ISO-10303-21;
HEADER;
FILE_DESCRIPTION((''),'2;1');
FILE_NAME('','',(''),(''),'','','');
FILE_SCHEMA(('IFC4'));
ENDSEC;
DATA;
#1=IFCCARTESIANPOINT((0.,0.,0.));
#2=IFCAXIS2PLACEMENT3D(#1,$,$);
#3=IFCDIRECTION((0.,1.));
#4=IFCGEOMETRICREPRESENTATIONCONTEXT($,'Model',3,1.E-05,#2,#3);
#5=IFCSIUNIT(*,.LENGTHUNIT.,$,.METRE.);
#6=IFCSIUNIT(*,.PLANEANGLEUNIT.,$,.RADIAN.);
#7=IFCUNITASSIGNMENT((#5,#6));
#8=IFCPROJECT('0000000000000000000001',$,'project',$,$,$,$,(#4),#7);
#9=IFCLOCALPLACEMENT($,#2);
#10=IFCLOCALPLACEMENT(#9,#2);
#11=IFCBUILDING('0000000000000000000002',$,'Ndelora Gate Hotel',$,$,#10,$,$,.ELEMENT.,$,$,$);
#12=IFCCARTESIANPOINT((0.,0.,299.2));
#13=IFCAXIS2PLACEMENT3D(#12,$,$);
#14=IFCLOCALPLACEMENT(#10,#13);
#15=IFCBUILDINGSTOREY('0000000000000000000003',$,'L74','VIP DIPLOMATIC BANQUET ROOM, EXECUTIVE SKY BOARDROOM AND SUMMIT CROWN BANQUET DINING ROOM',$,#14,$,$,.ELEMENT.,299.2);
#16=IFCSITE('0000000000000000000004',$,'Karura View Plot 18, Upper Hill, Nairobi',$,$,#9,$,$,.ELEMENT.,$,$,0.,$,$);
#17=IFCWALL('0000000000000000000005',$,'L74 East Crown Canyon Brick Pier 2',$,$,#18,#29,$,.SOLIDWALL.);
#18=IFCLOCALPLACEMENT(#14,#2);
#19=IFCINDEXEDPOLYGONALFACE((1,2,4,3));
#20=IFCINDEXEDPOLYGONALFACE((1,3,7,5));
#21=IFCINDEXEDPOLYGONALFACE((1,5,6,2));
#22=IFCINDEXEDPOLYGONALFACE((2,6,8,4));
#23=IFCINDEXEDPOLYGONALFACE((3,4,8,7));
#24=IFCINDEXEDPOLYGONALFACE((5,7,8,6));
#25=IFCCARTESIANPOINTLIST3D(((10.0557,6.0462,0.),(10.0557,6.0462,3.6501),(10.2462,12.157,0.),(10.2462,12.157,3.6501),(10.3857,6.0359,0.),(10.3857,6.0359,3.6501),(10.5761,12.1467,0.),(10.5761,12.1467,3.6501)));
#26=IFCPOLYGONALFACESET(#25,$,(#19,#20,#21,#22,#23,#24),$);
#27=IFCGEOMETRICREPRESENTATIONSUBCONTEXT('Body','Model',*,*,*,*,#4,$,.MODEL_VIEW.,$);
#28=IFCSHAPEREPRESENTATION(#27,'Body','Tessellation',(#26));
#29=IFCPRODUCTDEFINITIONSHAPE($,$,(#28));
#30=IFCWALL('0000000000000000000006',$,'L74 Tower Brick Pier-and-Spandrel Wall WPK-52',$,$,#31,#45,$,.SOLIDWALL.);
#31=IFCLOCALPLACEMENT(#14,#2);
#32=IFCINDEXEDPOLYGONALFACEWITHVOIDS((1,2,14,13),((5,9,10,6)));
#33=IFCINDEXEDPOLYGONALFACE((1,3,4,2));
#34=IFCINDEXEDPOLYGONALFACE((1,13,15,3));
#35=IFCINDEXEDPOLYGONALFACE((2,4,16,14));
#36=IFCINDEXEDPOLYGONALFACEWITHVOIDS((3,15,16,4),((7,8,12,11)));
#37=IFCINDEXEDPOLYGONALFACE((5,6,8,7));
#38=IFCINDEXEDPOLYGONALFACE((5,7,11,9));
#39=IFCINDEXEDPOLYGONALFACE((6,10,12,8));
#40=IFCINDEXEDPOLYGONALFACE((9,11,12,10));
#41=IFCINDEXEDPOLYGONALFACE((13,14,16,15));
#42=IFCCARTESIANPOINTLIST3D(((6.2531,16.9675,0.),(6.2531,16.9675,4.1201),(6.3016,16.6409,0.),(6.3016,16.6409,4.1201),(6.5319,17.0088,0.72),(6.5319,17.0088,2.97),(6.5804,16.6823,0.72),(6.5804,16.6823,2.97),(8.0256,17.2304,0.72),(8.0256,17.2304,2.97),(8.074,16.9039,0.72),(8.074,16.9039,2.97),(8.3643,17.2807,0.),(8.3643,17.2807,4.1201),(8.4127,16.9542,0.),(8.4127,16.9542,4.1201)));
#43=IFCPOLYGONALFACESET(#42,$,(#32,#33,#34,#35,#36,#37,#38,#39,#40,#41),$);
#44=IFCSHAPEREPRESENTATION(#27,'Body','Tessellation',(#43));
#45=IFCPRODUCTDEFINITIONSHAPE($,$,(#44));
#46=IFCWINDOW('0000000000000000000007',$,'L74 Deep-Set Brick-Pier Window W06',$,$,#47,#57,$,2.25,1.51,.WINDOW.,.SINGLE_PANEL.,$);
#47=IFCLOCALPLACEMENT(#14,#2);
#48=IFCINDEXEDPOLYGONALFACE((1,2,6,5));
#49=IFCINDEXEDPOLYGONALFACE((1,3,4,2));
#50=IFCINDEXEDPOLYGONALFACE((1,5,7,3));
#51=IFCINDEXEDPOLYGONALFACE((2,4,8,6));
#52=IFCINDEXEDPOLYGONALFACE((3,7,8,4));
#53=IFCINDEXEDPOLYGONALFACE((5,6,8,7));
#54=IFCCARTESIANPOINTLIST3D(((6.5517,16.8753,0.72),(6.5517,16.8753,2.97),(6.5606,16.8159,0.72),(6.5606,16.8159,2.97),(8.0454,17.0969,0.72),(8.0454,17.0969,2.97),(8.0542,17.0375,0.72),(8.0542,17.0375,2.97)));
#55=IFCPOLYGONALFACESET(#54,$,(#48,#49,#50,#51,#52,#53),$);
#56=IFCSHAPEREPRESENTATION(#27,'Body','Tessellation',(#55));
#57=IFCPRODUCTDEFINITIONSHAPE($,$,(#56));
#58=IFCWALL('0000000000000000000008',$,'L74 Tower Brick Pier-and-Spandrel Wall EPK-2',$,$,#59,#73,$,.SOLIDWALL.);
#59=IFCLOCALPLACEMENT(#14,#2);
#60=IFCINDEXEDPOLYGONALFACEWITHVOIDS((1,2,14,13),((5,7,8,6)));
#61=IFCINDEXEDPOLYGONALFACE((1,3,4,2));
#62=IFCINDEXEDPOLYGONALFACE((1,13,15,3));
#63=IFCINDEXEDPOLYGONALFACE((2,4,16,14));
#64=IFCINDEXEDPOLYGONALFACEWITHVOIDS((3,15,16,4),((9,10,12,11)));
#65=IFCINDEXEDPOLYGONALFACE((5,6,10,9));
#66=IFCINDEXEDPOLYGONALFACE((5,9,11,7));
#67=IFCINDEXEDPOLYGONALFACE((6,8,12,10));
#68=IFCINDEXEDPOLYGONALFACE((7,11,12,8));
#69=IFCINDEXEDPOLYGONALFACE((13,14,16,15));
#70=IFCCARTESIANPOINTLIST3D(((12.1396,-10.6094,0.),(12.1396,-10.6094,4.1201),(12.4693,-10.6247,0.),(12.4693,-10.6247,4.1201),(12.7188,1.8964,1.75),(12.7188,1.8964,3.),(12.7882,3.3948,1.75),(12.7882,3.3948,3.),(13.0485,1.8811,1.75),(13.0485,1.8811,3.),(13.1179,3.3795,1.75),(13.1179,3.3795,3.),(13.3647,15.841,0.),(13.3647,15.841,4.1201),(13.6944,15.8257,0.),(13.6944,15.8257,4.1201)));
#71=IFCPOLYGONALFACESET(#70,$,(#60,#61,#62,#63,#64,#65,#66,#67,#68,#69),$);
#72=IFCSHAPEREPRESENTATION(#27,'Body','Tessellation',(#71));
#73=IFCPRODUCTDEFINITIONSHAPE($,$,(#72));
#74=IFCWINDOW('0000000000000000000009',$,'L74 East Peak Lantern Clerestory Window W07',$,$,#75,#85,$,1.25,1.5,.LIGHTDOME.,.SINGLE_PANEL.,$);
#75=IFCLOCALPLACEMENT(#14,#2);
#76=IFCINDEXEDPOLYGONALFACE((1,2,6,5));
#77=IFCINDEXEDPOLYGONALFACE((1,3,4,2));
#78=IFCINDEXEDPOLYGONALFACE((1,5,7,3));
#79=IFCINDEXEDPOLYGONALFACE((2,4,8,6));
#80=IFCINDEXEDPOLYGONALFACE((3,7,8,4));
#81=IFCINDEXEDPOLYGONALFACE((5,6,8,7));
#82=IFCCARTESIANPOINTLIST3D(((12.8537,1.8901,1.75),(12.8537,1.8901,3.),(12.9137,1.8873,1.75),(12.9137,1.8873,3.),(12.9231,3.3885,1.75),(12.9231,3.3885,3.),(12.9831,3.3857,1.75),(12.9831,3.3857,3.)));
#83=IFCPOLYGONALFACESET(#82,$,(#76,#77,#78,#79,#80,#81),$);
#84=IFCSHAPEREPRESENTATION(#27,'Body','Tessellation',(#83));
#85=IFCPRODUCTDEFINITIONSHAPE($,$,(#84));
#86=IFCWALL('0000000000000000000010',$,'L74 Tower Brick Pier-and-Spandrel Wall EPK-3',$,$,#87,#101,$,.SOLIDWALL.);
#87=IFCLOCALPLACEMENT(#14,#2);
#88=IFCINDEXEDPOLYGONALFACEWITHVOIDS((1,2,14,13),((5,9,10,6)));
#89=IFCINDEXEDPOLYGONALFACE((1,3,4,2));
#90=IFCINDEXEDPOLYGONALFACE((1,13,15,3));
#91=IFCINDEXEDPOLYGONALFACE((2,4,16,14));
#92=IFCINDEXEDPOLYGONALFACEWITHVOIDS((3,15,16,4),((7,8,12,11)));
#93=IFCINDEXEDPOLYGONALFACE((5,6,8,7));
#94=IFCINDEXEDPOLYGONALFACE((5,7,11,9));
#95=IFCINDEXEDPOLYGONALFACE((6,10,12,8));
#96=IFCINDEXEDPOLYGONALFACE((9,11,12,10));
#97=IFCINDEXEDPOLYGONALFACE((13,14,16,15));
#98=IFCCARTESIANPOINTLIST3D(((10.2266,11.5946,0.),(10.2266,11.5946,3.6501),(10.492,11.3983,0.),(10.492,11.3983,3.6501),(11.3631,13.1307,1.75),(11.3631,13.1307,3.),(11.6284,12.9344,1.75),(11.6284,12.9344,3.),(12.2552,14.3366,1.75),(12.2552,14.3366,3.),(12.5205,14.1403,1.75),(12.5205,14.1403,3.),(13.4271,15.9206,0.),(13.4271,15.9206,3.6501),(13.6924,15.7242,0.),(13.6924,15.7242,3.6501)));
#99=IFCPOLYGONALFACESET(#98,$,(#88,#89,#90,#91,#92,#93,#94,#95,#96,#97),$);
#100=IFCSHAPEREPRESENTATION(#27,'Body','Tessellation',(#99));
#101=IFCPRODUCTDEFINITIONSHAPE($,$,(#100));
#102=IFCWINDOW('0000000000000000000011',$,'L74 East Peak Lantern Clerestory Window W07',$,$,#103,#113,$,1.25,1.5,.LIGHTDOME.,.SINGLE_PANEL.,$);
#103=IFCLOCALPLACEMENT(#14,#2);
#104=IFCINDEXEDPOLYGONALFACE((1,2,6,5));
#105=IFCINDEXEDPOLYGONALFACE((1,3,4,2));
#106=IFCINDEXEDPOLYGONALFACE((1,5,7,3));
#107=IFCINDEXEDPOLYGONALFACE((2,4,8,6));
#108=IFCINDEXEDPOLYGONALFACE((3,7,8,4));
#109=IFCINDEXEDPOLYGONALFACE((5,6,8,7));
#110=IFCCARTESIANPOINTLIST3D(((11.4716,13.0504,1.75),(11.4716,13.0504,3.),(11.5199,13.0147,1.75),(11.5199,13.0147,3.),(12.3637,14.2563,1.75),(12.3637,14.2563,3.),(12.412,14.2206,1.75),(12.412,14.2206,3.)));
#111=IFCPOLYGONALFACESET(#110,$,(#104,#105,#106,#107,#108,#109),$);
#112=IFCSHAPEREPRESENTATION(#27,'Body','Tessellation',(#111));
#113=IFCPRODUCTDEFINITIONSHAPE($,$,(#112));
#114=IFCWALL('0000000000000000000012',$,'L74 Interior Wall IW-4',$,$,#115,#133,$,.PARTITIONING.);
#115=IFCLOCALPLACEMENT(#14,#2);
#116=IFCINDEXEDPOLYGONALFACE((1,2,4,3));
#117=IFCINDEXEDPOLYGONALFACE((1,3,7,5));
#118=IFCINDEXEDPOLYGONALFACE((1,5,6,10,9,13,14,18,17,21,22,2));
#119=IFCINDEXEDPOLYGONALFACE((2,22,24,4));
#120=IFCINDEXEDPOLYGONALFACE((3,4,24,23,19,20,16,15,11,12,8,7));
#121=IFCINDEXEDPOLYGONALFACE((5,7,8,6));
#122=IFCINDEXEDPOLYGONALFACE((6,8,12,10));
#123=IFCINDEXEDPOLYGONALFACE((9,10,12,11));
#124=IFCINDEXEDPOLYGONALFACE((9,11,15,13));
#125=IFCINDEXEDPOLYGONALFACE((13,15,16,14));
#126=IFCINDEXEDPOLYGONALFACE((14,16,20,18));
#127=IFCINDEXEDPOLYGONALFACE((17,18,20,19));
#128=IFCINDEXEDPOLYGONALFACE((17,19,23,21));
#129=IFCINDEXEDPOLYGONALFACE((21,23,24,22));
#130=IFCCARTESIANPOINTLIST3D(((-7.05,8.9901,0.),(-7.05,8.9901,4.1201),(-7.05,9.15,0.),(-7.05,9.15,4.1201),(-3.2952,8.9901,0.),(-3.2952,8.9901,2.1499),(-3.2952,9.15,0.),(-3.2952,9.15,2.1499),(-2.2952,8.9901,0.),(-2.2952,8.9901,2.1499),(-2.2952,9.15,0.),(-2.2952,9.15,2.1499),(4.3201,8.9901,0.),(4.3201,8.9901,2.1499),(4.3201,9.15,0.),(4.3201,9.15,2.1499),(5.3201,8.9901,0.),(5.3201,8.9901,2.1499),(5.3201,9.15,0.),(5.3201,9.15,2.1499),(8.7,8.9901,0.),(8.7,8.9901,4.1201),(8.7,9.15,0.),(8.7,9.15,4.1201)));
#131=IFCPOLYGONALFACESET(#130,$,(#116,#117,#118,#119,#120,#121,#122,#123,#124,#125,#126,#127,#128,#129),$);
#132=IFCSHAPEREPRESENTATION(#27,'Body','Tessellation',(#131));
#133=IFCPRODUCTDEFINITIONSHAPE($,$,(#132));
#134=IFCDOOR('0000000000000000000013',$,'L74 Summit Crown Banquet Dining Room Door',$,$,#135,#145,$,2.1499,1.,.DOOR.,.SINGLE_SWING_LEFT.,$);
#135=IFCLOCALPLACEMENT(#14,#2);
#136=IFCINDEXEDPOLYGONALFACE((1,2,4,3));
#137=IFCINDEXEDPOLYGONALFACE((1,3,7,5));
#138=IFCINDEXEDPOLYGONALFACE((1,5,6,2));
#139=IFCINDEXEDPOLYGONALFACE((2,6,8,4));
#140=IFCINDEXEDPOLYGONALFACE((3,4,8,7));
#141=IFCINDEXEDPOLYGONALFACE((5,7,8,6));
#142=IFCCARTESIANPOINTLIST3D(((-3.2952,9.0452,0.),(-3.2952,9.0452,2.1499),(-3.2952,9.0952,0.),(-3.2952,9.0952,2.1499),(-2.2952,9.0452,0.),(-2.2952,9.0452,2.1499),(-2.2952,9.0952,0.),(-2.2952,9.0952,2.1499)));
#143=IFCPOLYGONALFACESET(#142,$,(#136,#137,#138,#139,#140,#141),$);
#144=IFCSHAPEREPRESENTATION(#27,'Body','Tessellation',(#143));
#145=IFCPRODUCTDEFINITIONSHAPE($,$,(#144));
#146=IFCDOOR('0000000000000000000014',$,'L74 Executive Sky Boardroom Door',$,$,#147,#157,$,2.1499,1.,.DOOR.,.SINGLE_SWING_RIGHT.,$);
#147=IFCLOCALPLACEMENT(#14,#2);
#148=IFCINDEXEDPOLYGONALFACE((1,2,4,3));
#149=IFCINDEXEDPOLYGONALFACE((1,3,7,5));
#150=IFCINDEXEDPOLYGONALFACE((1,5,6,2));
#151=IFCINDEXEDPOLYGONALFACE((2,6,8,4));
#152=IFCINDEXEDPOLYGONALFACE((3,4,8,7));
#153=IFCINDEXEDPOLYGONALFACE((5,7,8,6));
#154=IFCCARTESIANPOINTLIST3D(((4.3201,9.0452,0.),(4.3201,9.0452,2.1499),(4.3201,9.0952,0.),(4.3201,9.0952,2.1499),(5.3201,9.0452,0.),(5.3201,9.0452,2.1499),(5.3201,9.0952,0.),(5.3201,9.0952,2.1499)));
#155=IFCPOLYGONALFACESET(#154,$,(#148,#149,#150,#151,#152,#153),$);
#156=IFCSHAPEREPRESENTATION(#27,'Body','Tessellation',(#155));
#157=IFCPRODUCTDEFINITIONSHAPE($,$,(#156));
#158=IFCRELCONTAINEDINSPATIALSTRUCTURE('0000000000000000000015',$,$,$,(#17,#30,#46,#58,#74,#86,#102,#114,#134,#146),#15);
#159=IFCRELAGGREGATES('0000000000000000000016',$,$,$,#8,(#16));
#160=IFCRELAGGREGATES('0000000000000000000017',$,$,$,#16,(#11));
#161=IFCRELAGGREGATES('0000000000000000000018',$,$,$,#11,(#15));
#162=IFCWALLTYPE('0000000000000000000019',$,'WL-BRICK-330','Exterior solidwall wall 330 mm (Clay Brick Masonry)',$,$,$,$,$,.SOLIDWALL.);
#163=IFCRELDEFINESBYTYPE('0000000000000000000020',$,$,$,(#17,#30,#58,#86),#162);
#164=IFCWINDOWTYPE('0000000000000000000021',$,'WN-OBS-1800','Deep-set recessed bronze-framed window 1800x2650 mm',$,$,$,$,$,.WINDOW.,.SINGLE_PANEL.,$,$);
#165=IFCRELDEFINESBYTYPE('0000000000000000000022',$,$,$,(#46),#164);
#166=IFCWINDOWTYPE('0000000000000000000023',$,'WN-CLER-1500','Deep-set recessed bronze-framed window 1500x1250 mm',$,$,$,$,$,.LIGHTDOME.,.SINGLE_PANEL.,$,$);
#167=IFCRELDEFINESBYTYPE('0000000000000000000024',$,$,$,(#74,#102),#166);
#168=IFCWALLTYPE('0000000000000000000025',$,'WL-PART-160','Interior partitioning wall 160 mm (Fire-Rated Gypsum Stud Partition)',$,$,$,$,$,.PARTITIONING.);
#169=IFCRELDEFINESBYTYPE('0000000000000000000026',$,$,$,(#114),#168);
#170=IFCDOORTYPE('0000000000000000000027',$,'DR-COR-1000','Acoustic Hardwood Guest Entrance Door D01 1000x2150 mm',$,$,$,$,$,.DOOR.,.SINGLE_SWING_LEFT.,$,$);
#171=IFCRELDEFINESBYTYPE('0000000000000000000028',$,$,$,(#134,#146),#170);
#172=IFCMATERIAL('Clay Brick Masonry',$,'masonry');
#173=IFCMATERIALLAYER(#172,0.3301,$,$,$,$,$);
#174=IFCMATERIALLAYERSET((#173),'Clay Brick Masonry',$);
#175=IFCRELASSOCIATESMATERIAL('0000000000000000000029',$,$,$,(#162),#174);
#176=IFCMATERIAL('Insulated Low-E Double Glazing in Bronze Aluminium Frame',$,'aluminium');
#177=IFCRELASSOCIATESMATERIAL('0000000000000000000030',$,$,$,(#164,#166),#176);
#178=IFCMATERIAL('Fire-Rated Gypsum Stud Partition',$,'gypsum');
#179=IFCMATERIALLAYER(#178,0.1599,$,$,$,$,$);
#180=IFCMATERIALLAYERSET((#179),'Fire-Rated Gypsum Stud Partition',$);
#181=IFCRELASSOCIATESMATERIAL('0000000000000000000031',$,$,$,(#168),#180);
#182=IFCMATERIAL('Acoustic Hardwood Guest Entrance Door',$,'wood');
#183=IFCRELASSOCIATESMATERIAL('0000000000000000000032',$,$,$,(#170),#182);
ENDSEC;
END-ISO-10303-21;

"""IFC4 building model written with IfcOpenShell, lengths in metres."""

from ifc_helpers import new_model, si_unit, direction, frame, frame_2d, origin, place, context, subcontext, project, spatial, rectangle, extrude, material, layer, layer_set, type_object, element, fill, save


model = new_model("IFC4")

# Units and contexts
model_context = context("Model", 3, precision=1e-05, world=origin(), true_north=direction((0.0, 1.0)))
body_context = subcontext(model_context, "Body", "Model", "MODEL_VIEW")
ifc_project = project(units=[si_unit("LENGTHUNIT", "METRE"), si_unit("PLANEANGLEUNIT", "RADIAN")], contexts=[model_context])

# Site, building, storey
site_placement = place(None, origin())
site = spatial("IfcSite", under=ifc_project, at=site_placement, Name="Karura View Plot 18, Upper Hill, Nairobi", CompositionType="ELEMENT", RefElevation=0.0)
building_placement = place(site_placement, origin())
building = spatial("IfcBuilding", under=site, at=building_placement, Name="Ndelora Gate Hotel", CompositionType="ELEMENT")
storey_placement = place(building_placement, frame((0.0, 0.0, 299.2)))
storey = spatial("IfcBuildingStorey", under=building, at=storey_placement, Name="L74", Description="VIP DIPLOMATIC BANQUET ROOM, EXECUTIVE SKY BOARDROOM AND SUMMIT CROWN BANQUET DINING ROOM", CompositionType="ELEMENT", Elevation=299.2)

# Wall
ifc_material_1 = material(Name="Clay Brick Masonry", Category="masonry")
ifc_layer_1 = layer(ifc_material_1, 0.3301)
ifc_layer_set_1 = layer_set([ifc_layer_1], Name="Clay Brick Masonry")
wall_type_1 = type_object("IfcWallType", Name="WL-BRICK-330", Description="Exterior solidwall wall 330 mm (Clay Brick Masonry)", PredefinedType="SOLIDWALL", material=ifc_layer_set_1)
wall_1_placement = place(storey_placement, frame((10.2207, 6.041, 0.0), z_axis=(0.0, 0.0, 1.0), x_axis=(0.031147, 0.999515, 0.0)))
element("IfcWall", 1, at=wall_1_placement, inside=storey, type_object=wall_type_1, Name="L74 East Crown Canyon Brick Pier 2", PredefinedType="SOLIDWALL", context=body_context, shape_type="SweptSolid", body=[
    extrude(rectangle(XDim=6.1138, YDim=0.3301, at=frame_2d((3.0569, 0.0))), origin(), (0.0, 0.0, 1.0), 3.6501),
])

# Walls, openings, windows
wall_2_placement = place(storey_placement, frame((6.2773, 16.8042, 0.0), z_axis=(0.0, 0.0, 1.0), x_axis=(0.989171, 0.146768, 0.0)))
wall_2 = element("IfcWall", 2, at=wall_2_placement, inside=storey, type_object=wall_type_1, Name="L74 Tower Brick Pier-and-Spandrel Wall WPK-52", PredefinedType="SOLIDWALL", context=body_context, shape_type="SweptSolid", body=[
    extrude(rectangle(XDim=2.1343, YDim=0.3301, at=frame_2d((1.0671, 0.0))), origin(), (0.0, 0.0, 1.0), 4.1201),
])
opening_1_placement = place(wall_2_placement, frame((0.282, 0.0, 0.72)))
opening_1 = element("IfcOpeningElement", 3, at=opening_1_placement, cuts=wall_2, PredefinedType="OPENING", context=body_context, shape_type="SweptSolid", body=[
    extrude(rectangle(XDim=1.51, YDim=2.25, at=frame_2d((0.7549, 1.125))), frame((0.0, 0.175, 0.0), z_axis=(0.0, -1.0, 0.0), x_axis=(1.0, 0.0, 0.0)), (0.0, 0.0, 1.0), 0.3501),
])
ifc_material_2 = material(Name="Insulated Low-E Double Glazing in Bronze Aluminium Frame", Category="aluminium")
window_type_1 = type_object("IfcWindowType", Name="WN-OBS-1800", Description="Deep-set recessed bronze-framed window 1800x2650 mm", PartitioningType="SINGLE_PANEL", PredefinedType="WINDOW", material=ifc_material_2)
window_1_placement = place(opening_1_placement, origin())
window_1 = element("IfcWindow", 4, at=window_1_placement, inside=storey, type_object=window_type_1, Name="L74 Deep-Set Brick-Pier Window W06", OverallHeight=2.25, OverallWidth=1.51, PartitioningType="SINGLE_PANEL", PredefinedType="WINDOW", context=body_context, shape_type="SweptSolid", body=[
    extrude(rectangle(XDim=1.51, YDim=2.25, at=frame_2d((0.7549, 1.125))), frame((0.0, 0.03, 0.0), z_axis=(0.0, -1.0, 0.0), x_axis=(1.0, 0.0, 0.0)), (0.0, 0.0, 1.0), 0.0601),
])
fill(opening_1, window_1)
wall_3_placement = place(storey_placement, frame((13.5295, 15.8333, 0.0), z_axis=(0.0, 0.0, 1.0), x_axis=(-0.046267, -0.998929, 0.0)))
wall_3 = element("IfcWall", 5, at=wall_3_placement, inside=storey, type_object=wall_type_1, Name="L74 Tower Brick Pier-and-Spandrel Wall EPK-2", PredefinedType="SOLIDWALL", context=body_context, shape_type="SweptSolid", body=[
    extrude(rectangle(XDim=26.4788, YDim=0.3301, at=frame_2d((13.2393, 0.0))), origin(), (0.0, 0.0, 1.0), 4.1201),
])
opening_2_placement = place(wall_3_placement, frame((12.4595, 0.0, 1.75)))
opening_2 = element("IfcOpeningElement", 6, at=opening_2_placement, cuts=wall_3, PredefinedType="OPENING", context=body_context, shape_type="SweptSolid", body=[
    extrude(rectangle(XDim=1.5, YDim=1.25, at=frame_2d((0.75, 0.625))), frame((0.0, 0.175, 0.0), z_axis=(0.0, -1.0, 0.0), x_axis=(1.0, 0.0, 0.0)), (0.0, 0.0, 1.0), 0.3501),
])
window_type_2 = type_object("IfcWindowType", Name="WN-CLER-1500", Description="Deep-set recessed bronze-framed window 1500x1250 mm", PartitioningType="SINGLE_PANEL", PredefinedType="LIGHTDOME", material=ifc_material_2)
window_2_placement = place(opening_2_placement, origin())
window_2 = element("IfcWindow", 7, at=window_2_placement, inside=storey, type_object=window_type_2, Name="L74 East Peak Lantern Clerestory Window W07", OverallHeight=1.25, OverallWidth=1.5, PartitioningType="SINGLE_PANEL", PredefinedType="LIGHTDOME", context=body_context, shape_type="SweptSolid", body=[
    extrude(rectangle(XDim=1.5, YDim=1.25, at=frame_2d((0.75, 0.625))), frame((0.0, 0.03, 0.0), z_axis=(0.0, -1.0, 0.0), x_axis=(1.0, 0.0, 0.0)), (0.0, 0.0, 1.0), 0.0601),
])
fill(opening_2, window_2)
wall_4_placement = place(storey_placement, frame((10.3594, 11.4966, 0.0), z_axis=(0.0, 0.0, 1.0), x_axis=(0.594753, 0.803908, 0.0)))
wall_4 = element("IfcWall", 8, at=wall_4_placement, inside=storey, type_object=wall_type_1, Name="L74 Tower Brick Pier-and-Spandrel Wall EPK-3", PredefinedType="SOLIDWALL", context=body_context, shape_type="SweptSolid", body=[
    extrude(rectangle(XDim=5.3811, YDim=0.3301, at=frame_2d((2.6904, 0.0))), origin(), (0.0, 0.0, 1.0), 3.6501),
])
opening_3_placement = place(wall_4_placement, frame((1.9106, 0.0, 1.75)))
opening_3 = element("IfcOpeningElement", 9, at=opening_3_placement, cuts=wall_4, PredefinedType="OPENING", context=body_context, shape_type="SweptSolid", body=[
    extrude(rectangle(XDim=1.5, YDim=1.25, at=frame_2d((0.75, 0.625))), frame((0.0, 0.175, 0.0), z_axis=(0.0, -1.0, 0.0), x_axis=(1.0, 0.0, 0.0)), (0.0, 0.0, 1.0), 0.3501),
])
window_3_placement = place(opening_3_placement, origin())
window_3 = element("IfcWindow", 10, at=window_3_placement, inside=storey, type_object=window_type_2, Name="L74 East Peak Lantern Clerestory Window W07", OverallHeight=1.25, OverallWidth=1.5, PartitioningType="SINGLE_PANEL", PredefinedType="LIGHTDOME", context=body_context, shape_type="SweptSolid", body=[
    extrude(rectangle(XDim=1.5, YDim=1.25, at=frame_2d((0.75, 0.625))), frame((0.0, 0.03, 0.0), z_axis=(0.0, -1.0, 0.0), x_axis=(1.0, 0.0, 0.0)), (0.0, 0.0, 1.0), 0.0601),
])
fill(opening_3, window_3)

# Wall, openings, doors
ifc_material_3 = material(Name="Fire-Rated Gypsum Stud Partition", Category="gypsum")
ifc_layer_2 = layer(ifc_material_3, 0.1599)
ifc_layer_set_2 = layer_set([ifc_layer_2], Name="Fire-Rated Gypsum Stud Partition")
wall_type_2 = type_object("IfcWallType", Name="WL-PART-160", Description="Interior partitioning wall 160 mm (Fire-Rated Gypsum Stud Partition)", PredefinedType="PARTITIONING", material=ifc_layer_set_2)
wall_5_placement = place(storey_placement, frame((8.7, 9.0701, 0.0), z_axis=(0.0, 0.0, 1.0), x_axis=(-1.0, 0.0, 0.0)))
wall_5 = element("IfcWall", 11, at=wall_5_placement, inside=storey, type_object=wall_type_2, Name="L74 Interior Wall IW-4", PredefinedType="PARTITIONING", context=body_context, shape_type="SweptSolid", body=[
    extrude(rectangle(XDim=15.75, YDim=0.1599, at=frame_2d((7.875, 0.0))), origin(), (0.0, 0.0, 1.0), 4.1201),
])
opening_4_placement = place(wall_5_placement, frame((10.9951, 0.0, 0.0)))
opening_4 = element("IfcOpeningElement", 12, at=opening_4_placement, cuts=wall_5, PredefinedType="OPENING", context=body_context, shape_type="SweptSolid", body=[
    extrude(rectangle(XDim=1.0, YDim=2.1499, at=frame_2d((0.5, 1.075))), frame((0.0, 0.0898, 0.0), z_axis=(0.0, -1.0, 0.0), x_axis=(1.0, 0.0, 0.0)), (0.0, 0.0, 1.0), 0.1799),
])
opening_5_placement = place(wall_5_placement, frame((3.3799, 0.0, 0.0)))
opening_5 = element("IfcOpeningElement", 13, at=opening_5_placement, cuts=wall_5, PredefinedType="OPENING", context=body_context, shape_type="SweptSolid", body=[
    extrude(rectangle(XDim=1.0, YDim=2.1499, at=frame_2d((0.5, 1.075))), frame((0.0, 0.0898, 0.0), z_axis=(0.0, -1.0, 0.0), x_axis=(1.0, 0.0, 0.0)), (0.0, 0.0, 1.0), 0.1799),
])
ifc_material_4 = material(Name="Acoustic Hardwood Guest Entrance Door", Category="wood")
door_type = type_object("IfcDoorType", Name="DR-COR-1000", Description="Acoustic Hardwood Guest Entrance Door D01 1000x2150 mm", OperationType="SINGLE_SWING_LEFT", PredefinedType="DOOR", material=ifc_material_4)
door_1_placement = place(opening_4_placement, origin())
door_1 = element("IfcDoor", 14, at=door_1_placement, inside=storey, type_object=door_type, Name="L74 Summit Crown Banquet Dining Room Door", OperationType="SINGLE_SWING_LEFT", OverallHeight=2.1499, OverallWidth=1.0, PredefinedType="DOOR", context=body_context, shape_type="SweptSolid", body=[
    extrude(rectangle(XDim=1.0, YDim=2.1499, at=frame_2d((0.5, 1.075))), frame((0.0, 0.0249, 0.0), z_axis=(0.0, -1.0, 0.0), x_axis=(1.0, 0.0, 0.0)), (0.0, 0.0, 1.0), 0.05),
])
fill(opening_4, door_1)
door_2_placement = place(opening_5_placement, origin())
door_2 = element("IfcDoor", 15, at=door_2_placement, inside=storey, type_object=door_type, Name="L74 Executive Sky Boardroom Door", OperationType="SINGLE_SWING_RIGHT", OverallHeight=2.1499, OverallWidth=1.0, PredefinedType="DOOR", context=body_context, shape_type="SweptSolid", body=[
    extrude(rectangle(XDim=1.0, YDim=2.1499, at=frame_2d((0.5, 1.075))), frame((0.0, 0.0249, 0.0), z_axis=(0.0, -1.0, 0.0), x_axis=(1.0, 0.0, 0.0)), (0.0, 0.0, 1.0), 0.05),
])
fill(opening_5, door_2)

save(model, "model.ifc")
